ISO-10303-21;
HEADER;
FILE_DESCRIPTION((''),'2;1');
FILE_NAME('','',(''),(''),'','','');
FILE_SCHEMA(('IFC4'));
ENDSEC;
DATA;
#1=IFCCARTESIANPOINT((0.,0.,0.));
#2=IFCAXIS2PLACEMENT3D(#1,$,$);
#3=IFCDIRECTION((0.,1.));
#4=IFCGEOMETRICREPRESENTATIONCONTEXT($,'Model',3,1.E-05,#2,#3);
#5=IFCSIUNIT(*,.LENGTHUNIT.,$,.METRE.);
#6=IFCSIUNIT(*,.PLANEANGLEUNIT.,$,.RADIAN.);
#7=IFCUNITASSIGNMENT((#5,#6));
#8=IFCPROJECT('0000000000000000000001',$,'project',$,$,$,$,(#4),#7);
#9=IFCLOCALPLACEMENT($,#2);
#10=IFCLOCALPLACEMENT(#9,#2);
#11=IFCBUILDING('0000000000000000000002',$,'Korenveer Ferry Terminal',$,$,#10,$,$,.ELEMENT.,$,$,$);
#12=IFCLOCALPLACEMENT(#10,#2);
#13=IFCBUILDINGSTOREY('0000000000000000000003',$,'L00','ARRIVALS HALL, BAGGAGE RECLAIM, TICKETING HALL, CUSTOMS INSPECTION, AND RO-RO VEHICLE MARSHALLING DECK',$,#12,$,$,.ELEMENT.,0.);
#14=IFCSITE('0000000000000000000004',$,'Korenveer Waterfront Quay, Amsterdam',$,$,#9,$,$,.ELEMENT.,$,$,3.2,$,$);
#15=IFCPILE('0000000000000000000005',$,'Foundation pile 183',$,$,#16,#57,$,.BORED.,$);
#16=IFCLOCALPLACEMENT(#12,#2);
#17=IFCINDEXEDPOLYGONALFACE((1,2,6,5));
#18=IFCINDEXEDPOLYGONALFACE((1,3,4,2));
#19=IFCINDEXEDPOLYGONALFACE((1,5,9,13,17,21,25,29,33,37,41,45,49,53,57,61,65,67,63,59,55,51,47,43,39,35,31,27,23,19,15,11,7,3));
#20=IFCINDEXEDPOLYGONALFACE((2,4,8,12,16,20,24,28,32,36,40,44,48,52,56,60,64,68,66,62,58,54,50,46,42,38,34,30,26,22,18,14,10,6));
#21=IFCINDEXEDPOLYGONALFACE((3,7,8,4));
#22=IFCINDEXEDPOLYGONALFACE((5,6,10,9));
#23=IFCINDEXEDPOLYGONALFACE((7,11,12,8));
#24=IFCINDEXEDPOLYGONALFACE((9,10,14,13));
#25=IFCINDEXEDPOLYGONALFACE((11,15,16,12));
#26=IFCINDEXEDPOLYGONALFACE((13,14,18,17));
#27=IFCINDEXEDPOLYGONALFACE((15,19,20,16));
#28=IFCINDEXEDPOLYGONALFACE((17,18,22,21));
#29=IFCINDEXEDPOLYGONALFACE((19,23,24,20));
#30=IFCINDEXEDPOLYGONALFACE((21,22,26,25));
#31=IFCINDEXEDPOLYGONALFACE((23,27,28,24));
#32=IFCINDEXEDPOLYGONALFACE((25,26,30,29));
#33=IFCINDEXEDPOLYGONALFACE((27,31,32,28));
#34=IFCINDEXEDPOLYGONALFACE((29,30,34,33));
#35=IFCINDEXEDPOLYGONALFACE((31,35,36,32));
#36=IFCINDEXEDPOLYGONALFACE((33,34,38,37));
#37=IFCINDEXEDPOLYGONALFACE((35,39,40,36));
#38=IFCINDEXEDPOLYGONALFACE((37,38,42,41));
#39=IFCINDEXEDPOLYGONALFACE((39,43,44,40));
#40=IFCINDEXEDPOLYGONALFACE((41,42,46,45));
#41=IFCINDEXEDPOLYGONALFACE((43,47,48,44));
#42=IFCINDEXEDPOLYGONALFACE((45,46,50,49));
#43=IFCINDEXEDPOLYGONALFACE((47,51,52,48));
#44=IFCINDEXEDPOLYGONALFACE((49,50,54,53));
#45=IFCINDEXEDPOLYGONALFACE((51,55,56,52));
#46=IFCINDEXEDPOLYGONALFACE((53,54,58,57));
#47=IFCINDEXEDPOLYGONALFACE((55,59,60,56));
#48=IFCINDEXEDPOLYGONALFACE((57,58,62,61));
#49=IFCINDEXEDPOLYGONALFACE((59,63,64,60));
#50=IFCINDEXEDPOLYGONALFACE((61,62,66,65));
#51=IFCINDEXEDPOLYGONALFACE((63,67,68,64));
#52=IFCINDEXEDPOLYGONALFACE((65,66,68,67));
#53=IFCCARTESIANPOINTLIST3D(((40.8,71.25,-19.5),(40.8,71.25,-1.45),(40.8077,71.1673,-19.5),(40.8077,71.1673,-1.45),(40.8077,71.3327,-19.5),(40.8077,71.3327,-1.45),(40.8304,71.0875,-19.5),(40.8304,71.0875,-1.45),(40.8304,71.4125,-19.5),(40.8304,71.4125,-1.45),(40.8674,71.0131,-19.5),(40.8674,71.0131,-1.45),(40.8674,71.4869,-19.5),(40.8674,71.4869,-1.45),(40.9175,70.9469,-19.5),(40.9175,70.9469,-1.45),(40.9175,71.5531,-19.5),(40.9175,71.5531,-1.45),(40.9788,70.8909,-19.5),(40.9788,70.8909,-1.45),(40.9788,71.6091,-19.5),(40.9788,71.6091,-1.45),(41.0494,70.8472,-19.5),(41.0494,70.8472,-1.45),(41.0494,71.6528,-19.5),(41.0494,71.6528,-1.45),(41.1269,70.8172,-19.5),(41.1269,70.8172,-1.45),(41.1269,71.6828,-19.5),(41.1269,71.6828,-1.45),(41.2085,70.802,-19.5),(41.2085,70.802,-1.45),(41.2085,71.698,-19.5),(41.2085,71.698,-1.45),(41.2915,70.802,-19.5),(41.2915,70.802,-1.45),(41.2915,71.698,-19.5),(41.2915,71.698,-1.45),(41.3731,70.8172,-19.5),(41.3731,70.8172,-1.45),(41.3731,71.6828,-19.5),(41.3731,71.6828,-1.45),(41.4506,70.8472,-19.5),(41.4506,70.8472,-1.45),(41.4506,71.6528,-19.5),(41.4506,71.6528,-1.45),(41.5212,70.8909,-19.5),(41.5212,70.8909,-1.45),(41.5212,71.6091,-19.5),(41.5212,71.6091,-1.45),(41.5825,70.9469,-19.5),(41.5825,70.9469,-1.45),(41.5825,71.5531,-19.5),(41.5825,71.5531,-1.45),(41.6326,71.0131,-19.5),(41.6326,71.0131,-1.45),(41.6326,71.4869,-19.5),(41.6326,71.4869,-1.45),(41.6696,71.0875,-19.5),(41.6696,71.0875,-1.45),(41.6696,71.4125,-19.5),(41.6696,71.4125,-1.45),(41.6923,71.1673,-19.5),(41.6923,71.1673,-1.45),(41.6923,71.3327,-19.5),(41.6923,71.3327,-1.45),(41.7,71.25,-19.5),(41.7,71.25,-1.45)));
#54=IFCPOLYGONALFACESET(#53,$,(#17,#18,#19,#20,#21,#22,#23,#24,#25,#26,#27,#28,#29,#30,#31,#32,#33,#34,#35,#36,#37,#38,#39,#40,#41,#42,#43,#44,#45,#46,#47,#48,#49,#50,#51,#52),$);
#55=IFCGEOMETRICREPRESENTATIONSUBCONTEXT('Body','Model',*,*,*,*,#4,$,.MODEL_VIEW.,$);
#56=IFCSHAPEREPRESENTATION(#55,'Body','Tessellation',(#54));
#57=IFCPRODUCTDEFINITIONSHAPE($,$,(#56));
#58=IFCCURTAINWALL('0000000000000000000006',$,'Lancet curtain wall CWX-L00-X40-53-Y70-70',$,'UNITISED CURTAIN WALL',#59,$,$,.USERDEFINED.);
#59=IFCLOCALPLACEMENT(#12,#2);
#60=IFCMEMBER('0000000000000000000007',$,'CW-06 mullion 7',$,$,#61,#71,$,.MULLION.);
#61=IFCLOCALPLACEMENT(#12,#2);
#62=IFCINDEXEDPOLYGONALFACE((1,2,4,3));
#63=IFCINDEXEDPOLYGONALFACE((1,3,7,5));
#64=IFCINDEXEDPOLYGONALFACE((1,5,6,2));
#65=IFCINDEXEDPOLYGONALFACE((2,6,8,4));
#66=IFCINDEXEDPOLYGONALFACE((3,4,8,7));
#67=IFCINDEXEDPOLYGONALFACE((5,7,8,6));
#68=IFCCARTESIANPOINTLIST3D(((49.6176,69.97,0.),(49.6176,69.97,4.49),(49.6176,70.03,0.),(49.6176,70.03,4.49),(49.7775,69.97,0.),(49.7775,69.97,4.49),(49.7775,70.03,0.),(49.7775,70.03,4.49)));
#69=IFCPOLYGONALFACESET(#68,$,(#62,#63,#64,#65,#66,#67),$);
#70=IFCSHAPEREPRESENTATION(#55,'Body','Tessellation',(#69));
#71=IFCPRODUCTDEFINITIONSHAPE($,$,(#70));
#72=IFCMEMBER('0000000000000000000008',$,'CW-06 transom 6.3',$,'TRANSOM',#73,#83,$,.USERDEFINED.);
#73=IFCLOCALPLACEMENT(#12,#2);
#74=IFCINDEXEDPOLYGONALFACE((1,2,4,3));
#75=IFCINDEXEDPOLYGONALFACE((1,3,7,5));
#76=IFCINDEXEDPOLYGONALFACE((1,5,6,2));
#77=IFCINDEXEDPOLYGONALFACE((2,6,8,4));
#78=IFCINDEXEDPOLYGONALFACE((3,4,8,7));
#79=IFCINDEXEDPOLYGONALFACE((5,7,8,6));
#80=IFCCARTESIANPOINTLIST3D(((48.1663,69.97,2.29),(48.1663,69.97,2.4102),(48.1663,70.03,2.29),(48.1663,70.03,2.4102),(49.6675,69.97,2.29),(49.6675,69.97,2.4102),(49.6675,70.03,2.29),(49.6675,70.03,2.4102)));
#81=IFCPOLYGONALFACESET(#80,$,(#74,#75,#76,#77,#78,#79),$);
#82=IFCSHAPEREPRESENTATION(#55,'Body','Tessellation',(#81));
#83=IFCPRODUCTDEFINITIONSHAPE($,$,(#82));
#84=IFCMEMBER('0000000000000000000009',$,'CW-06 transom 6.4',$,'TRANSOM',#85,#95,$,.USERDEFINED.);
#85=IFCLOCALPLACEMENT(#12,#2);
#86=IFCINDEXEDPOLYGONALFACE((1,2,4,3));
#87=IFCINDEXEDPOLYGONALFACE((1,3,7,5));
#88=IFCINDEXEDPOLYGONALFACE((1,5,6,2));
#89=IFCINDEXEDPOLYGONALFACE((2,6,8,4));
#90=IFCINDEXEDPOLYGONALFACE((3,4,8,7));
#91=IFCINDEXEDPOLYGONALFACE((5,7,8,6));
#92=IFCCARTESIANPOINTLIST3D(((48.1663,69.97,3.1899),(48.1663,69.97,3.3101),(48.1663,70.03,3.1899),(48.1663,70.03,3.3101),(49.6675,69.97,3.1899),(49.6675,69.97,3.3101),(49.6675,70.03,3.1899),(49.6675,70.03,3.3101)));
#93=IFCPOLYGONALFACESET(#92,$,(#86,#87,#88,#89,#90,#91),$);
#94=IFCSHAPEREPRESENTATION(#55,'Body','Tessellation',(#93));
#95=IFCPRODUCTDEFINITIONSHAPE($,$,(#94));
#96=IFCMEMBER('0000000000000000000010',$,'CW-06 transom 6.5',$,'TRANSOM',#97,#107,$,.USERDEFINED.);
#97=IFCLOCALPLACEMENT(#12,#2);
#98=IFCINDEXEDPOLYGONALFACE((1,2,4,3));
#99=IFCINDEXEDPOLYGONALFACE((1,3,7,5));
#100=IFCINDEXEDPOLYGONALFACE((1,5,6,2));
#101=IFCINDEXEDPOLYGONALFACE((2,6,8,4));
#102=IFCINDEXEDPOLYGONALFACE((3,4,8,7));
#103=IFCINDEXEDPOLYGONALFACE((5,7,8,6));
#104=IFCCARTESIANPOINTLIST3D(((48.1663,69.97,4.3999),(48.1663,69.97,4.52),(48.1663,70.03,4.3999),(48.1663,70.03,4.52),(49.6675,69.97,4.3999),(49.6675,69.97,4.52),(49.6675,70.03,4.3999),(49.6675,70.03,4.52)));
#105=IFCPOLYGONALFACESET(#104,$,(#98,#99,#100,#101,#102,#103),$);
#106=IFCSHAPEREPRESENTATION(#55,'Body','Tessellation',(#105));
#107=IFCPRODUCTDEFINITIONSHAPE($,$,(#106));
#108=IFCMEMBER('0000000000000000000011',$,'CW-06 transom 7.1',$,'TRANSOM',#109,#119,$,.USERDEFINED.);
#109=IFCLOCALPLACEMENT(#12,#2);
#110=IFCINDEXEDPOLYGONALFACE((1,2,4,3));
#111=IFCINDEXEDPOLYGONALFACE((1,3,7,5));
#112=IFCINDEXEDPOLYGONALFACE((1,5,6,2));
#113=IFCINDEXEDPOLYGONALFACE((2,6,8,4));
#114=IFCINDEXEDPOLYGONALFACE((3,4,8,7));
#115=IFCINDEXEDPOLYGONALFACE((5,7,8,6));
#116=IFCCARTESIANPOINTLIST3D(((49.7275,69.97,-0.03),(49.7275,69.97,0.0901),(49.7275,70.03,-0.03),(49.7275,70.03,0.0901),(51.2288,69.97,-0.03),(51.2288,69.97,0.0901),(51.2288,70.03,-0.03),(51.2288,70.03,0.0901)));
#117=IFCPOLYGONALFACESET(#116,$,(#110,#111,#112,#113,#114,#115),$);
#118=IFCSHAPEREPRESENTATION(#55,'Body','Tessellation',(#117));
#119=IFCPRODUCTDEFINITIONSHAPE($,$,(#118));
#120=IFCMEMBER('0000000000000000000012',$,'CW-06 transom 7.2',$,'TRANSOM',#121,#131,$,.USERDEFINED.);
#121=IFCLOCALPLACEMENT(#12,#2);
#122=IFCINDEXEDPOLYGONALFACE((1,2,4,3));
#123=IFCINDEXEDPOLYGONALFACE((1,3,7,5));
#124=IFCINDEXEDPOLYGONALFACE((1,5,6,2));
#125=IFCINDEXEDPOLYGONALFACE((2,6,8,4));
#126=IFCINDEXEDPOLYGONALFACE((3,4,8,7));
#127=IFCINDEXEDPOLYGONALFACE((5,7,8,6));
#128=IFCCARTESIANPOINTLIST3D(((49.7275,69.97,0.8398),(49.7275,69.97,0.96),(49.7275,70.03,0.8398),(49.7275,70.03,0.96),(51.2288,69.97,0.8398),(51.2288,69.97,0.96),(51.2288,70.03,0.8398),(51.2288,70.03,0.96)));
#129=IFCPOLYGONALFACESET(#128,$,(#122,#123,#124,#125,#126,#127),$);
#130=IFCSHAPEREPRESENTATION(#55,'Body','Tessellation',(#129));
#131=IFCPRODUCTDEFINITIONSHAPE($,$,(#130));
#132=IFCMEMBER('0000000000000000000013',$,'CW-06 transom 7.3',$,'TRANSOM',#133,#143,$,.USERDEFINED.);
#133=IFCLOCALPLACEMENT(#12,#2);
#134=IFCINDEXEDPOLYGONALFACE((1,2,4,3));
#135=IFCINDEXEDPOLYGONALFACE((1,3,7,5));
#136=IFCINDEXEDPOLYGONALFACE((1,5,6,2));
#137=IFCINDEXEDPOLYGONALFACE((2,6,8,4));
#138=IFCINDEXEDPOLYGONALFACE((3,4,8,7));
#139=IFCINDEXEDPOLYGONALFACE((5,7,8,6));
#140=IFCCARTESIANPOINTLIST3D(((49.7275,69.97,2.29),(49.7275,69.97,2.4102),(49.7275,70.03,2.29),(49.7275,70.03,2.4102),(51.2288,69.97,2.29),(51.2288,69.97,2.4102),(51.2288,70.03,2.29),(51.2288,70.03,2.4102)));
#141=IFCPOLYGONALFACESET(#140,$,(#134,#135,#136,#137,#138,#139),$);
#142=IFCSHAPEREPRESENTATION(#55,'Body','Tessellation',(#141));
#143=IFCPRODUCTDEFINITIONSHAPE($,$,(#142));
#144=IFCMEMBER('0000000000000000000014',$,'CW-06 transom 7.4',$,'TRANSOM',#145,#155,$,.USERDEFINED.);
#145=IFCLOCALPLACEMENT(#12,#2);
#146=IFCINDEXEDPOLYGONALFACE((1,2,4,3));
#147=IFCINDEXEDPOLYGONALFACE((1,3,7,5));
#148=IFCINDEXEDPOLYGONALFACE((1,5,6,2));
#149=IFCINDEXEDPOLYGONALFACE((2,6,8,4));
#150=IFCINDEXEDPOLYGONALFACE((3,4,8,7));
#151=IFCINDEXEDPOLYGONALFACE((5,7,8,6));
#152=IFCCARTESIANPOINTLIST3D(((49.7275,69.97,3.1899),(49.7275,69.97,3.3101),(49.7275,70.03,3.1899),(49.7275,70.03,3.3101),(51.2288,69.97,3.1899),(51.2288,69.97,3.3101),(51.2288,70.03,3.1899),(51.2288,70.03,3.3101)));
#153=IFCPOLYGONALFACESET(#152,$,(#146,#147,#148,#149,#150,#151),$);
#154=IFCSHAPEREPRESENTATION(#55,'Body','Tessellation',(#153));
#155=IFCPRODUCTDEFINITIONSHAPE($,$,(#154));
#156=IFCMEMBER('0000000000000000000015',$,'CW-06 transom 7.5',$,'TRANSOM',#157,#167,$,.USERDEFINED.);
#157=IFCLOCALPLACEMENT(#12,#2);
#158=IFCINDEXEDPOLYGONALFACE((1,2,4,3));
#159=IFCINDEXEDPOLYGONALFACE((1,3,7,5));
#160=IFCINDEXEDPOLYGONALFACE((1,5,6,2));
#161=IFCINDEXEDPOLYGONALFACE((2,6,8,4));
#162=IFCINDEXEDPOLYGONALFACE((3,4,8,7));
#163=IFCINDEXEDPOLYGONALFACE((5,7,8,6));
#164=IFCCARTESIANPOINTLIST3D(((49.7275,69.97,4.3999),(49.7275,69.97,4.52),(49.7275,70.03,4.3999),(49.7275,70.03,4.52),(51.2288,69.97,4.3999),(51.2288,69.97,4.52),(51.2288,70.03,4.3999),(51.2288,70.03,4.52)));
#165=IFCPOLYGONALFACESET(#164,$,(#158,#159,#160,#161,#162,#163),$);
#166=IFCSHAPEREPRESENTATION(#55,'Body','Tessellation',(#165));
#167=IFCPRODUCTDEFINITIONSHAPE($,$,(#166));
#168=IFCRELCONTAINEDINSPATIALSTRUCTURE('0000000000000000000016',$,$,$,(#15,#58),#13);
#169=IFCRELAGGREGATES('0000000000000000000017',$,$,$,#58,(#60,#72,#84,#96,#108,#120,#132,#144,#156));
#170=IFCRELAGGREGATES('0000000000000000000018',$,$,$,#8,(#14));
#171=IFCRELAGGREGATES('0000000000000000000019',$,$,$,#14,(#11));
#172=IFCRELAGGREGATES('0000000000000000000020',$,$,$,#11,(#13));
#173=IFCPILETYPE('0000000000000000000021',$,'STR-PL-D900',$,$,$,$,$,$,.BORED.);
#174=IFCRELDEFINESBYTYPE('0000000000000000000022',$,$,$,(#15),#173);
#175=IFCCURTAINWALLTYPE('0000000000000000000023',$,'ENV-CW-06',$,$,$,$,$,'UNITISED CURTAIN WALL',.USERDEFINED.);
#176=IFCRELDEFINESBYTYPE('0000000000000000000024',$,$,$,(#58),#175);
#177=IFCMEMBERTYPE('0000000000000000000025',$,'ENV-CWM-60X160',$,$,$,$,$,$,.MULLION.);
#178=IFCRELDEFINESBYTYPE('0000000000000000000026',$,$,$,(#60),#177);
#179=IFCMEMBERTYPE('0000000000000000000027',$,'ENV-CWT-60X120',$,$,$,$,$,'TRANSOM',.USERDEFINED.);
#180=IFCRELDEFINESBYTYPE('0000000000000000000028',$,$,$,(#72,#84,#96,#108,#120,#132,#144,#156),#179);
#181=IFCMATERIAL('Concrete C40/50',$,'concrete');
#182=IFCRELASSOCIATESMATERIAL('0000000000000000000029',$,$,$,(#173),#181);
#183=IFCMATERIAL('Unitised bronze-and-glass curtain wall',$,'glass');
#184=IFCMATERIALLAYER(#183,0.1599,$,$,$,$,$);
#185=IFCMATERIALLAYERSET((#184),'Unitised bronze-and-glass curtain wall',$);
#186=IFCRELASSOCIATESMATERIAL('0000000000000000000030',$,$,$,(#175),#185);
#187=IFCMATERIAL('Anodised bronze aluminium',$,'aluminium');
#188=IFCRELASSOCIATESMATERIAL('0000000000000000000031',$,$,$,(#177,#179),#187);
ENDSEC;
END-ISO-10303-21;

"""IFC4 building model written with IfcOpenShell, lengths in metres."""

from ifc_helpers import new_model, si_unit, direction, frame, origin, origin_2d, place, context, subcontext, project, spatial, rectangle, circle, extrude, material, layer, layer_set, material_profile, profile_set, type_object, element, aggregate, save


model = new_model("IFC4")

# Units and contexts
model_context = context("Model", 3, precision=1e-05, world=origin(), true_north=direction((0.0, 1.0)))
body_context = subcontext(model_context, "Body", "Model", "MODEL_VIEW")
ifc_project = project(units=[si_unit("LENGTHUNIT", "METRE"), si_unit("PLANEANGLEUNIT", "RADIAN")], contexts=[model_context])

# Site, building, storey
site_placement = place(None, origin())
site = spatial("IfcSite", under=ifc_project, at=site_placement, Name="Korenveer Waterfront Quay, Amsterdam", CompositionType="ELEMENT", RefElevation=3.2)
building_placement = place(site_placement, origin())
building = spatial("IfcBuilding", under=site, at=building_placement, Name="Korenveer Ferry Terminal", CompositionType="ELEMENT")
storey_placement = place(building_placement, origin())
storey = spatial("IfcBuildingStorey", under=building, at=storey_placement, Name="L00", Description="ARRIVALS HALL, BAGGAGE RECLAIM, TICKETING HALL, CUSTOMS INSPECTION, AND RO-RO VEHICLE MARSHALLING DECK", CompositionType="ELEMENT", Elevation=0.0)

# Pile
ifc_material_1 = material(Name="Concrete C40/50", Category="concrete")
ifc_material_profile_1 = material_profile(ifc_material_1, circle(Radius=0.45, at=origin_2d()), Name="PILE D900")
ifc_profile_set_1 = profile_set([ifc_material_profile_1], Name="Concrete C40/50")
pile_type = type_object("IfcPileType", Name="STR-PL-D900", PredefinedType="BORED", material=ifc_profile_set_1)
pile_placement = place(storey_placement, frame((41.25, 71.25, -1.45), z_axis=(0.0, 0.0, -1.0), x_axis=(1.0, 0.0, 0.0)))
element("IfcPile", 1, at=pile_placement, inside=storey, type_object=pile_type, Name="Foundation pile 183", PredefinedType="BORED", context=body_context, shape_type="SweptSolid", body=[
    extrude(circle(Radius=0.45, at=origin_2d()), origin(), (0.0, 0.0, 1.0), 18.05),
])

# Curtain wall, members
ifc_material_2 = material(Name="Unitised bronze-and-glass curtain wall", Category="glass")
ifc_layer_1 = layer(ifc_material_2, 0.1599)
ifc_layer_set_1 = layer_set([ifc_layer_1], Name="Unitised bronze-and-glass curtain wall")
curtain_wall_type = type_object("IfcCurtainWallType", Name="ENV-CW-06", ElementType="UNITISED CURTAIN WALL", PredefinedType="USERDEFINED", material=ifc_layer_set_1)
curtain_wall_placement = place(storey_placement, frame((40.3301, 70.0, 0.0)))
curtain_wall = element("IfcCurtainWall", 2, at=curtain_wall_placement, inside=storey, type_object=curtain_wall_type, Name="Lancet curtain wall CWX-L00-X40-53-Y70-70", ObjectType="UNITISED CURTAIN WALL", PredefinedType="USERDEFINED")
ifc_material_3 = material(Name="Anodised bronze aluminium", Category="aluminium")
ifc_material_profile_2 = material_profile(ifc_material_3, rectangle(XDim=0.0601, YDim=0.1599, at=origin_2d()), Name="ALU 60x160")
ifc_profile_set_2 = profile_set([ifc_material_profile_2], Name="Anodised bronze aluminium")
member_type_1 = type_object("IfcMemberType", Name="ENV-CWM-60X160", PredefinedType="MULLION", material=ifc_profile_set_2)
member_1_placement = place(storey_placement, frame((49.6975, 70.0, 0.0), z_axis=(0.0, 0.0, 1.0), x_axis=(0.0, 1.0, 0.0)))
member_1 = element("IfcMember", 3, at=member_1_placement, type_object=member_type_1, Name="CW-06 mullion 7", PredefinedType="MULLION", context=body_context, shape_type="SweptSolid", body=[
    extrude(rectangle(XDim=0.0601, YDim=0.1599, at=origin_2d()), origin(), (0.0, 0.0, 1.0), 4.49),
])
ifc_material_profile_3 = material_profile(ifc_material_3, rectangle(XDim=0.0601, YDim=0.1201, at=origin_2d()), Name="ALU 60x120")
ifc_profile_set_3 = profile_set([ifc_material_profile_3], Name="Anodised bronze aluminium")
member_type_2 = type_object("IfcMemberType", Name="ENV-CWT-60X120", ElementType="TRANSOM", PredefinedType="USERDEFINED", material=ifc_profile_set_3)
member_2_placement = place(storey_placement, frame((48.1663, 70.0, 2.3501), z_axis=(1.0, 0.0, 0.0), x_axis=(0.0, 1.0, 0.0)))
member_2 = element("IfcMember", 4, at=member_2_placement, type_object=member_type_2, Name="CW-06 transom 6.3", ObjectType="TRANSOM", PredefinedType="USERDEFINED", context=body_context, shape_type="SweptSolid", body=[
    extrude(rectangle(XDim=0.0601, YDim=0.1201, at=origin_2d()), origin(), (0.0, 0.0, 1.0), 1.5012),
])
member_3_placement = place(storey_placement, frame((48.1663, 70.0, 3.25), z_axis=(1.0, 0.0, 0.0), x_axis=(0.0, 1.0, 0.0)))
member_3 = element("IfcMember", 5, at=member_3_placement, type_object=member_type_2, Name="CW-06 transom 6.4", ObjectType="TRANSOM", PredefinedType="USERDEFINED", context=body_context, shape_type="SweptSolid", body=[
    extrude(rectangle(XDim=0.0601, YDim=0.1201, at=origin_2d()), origin(), (0.0, 0.0, 1.0), 1.5012),
])
member_4_placement = place(storey_placement, frame((48.1663, 70.0, 4.46), z_axis=(1.0, 0.0, 0.0), x_axis=(0.0, 1.0, 0.0)))
member_4 = element("IfcMember", 6, at=member_4_placement, type_object=member_type_2, Name="CW-06 transom 6.5", ObjectType="TRANSOM", PredefinedType="USERDEFINED", context=body_context, shape_type="SweptSolid", body=[
    extrude(rectangle(XDim=0.0601, YDim=0.1201, at=origin_2d()), origin(), (0.0, 0.0, 1.0), 1.5012),
])
member_5_placement = place(storey_placement, frame((49.7275, 70.0, 0.03), z_axis=(1.0, 0.0, 0.0), x_axis=(0.0, 1.0, 0.0)))
member_5 = element("IfcMember", 7, at=member_5_placement, type_object=member_type_2, Name="CW-06 transom 7.1", ObjectType="TRANSOM", PredefinedType="USERDEFINED", context=body_context, shape_type="SweptSolid", body=[
    extrude(rectangle(XDim=0.0601, YDim=0.1201, at=origin_2d()), origin(), (0.0, 0.0, 1.0), 1.5012),
])
member_6_placement = place(storey_placement, frame((49.7275, 70.0, 0.8999), z_axis=(1.0, 0.0, 0.0), x_axis=(0.0, 1.0, 0.0)))
member_6 = element("IfcMember", 8, at=member_6_placement, type_object=member_type_2, Name="CW-06 transom 7.2", ObjectType="TRANSOM", PredefinedType="USERDEFINED", context=body_context, shape_type="SweptSolid", body=[
    extrude(rectangle(XDim=0.0601, YDim=0.1201, at=origin_2d()), origin(), (0.0, 0.0, 1.0), 1.5012),
])
member_7_placement = place(storey_placement, frame((49.7275, 70.0, 2.3501), z_axis=(1.0, 0.0, 0.0), x_axis=(0.0, 1.0, 0.0)))
member_7 = element("IfcMember", 9, at=member_7_placement, type_object=member_type_2, Name="CW-06 transom 7.3", ObjectType="TRANSOM", PredefinedType="USERDEFINED", context=body_context, shape_type="SweptSolid", body=[
    extrude(rectangle(XDim=0.0601, YDim=0.1201, at=origin_2d()), origin(), (0.0, 0.0, 1.0), 1.5012),
])
member_8_placement = place(storey_placement, frame((49.7275, 70.0, 3.25), z_axis=(1.0, 0.0, 0.0), x_axis=(0.0, 1.0, 0.0)))
member_8 = element("IfcMember", 10, at=member_8_placement, type_object=member_type_2, Name="CW-06 transom 7.4", ObjectType="TRANSOM", PredefinedType="USERDEFINED", context=body_context, shape_type="SweptSolid", body=[
    extrude(rectangle(XDim=0.0601, YDim=0.1201, at=origin_2d()), origin(), (0.0, 0.0, 1.0), 1.5012),
])
member_9_placement = place(storey_placement, frame((49.7275, 70.0, 4.46), z_axis=(1.0, 0.0, 0.0), x_axis=(0.0, 1.0, 0.0)))
member_9 = element("IfcMember", 11, at=member_9_placement, type_object=member_type_2, Name="CW-06 transom 7.5", ObjectType="TRANSOM", PredefinedType="USERDEFINED", context=body_context, shape_type="SweptSolid", body=[
    extrude(rectangle(XDim=0.0601, YDim=0.1201, at=origin_2d()), origin(), (0.0, 0.0, 1.0), 1.5012),
])

aggregate(curtain_wall, [member_1, member_2, member_3, member_4, member_5, member_6, member_7, member_8, member_9])

save(model, "model.ifc")
